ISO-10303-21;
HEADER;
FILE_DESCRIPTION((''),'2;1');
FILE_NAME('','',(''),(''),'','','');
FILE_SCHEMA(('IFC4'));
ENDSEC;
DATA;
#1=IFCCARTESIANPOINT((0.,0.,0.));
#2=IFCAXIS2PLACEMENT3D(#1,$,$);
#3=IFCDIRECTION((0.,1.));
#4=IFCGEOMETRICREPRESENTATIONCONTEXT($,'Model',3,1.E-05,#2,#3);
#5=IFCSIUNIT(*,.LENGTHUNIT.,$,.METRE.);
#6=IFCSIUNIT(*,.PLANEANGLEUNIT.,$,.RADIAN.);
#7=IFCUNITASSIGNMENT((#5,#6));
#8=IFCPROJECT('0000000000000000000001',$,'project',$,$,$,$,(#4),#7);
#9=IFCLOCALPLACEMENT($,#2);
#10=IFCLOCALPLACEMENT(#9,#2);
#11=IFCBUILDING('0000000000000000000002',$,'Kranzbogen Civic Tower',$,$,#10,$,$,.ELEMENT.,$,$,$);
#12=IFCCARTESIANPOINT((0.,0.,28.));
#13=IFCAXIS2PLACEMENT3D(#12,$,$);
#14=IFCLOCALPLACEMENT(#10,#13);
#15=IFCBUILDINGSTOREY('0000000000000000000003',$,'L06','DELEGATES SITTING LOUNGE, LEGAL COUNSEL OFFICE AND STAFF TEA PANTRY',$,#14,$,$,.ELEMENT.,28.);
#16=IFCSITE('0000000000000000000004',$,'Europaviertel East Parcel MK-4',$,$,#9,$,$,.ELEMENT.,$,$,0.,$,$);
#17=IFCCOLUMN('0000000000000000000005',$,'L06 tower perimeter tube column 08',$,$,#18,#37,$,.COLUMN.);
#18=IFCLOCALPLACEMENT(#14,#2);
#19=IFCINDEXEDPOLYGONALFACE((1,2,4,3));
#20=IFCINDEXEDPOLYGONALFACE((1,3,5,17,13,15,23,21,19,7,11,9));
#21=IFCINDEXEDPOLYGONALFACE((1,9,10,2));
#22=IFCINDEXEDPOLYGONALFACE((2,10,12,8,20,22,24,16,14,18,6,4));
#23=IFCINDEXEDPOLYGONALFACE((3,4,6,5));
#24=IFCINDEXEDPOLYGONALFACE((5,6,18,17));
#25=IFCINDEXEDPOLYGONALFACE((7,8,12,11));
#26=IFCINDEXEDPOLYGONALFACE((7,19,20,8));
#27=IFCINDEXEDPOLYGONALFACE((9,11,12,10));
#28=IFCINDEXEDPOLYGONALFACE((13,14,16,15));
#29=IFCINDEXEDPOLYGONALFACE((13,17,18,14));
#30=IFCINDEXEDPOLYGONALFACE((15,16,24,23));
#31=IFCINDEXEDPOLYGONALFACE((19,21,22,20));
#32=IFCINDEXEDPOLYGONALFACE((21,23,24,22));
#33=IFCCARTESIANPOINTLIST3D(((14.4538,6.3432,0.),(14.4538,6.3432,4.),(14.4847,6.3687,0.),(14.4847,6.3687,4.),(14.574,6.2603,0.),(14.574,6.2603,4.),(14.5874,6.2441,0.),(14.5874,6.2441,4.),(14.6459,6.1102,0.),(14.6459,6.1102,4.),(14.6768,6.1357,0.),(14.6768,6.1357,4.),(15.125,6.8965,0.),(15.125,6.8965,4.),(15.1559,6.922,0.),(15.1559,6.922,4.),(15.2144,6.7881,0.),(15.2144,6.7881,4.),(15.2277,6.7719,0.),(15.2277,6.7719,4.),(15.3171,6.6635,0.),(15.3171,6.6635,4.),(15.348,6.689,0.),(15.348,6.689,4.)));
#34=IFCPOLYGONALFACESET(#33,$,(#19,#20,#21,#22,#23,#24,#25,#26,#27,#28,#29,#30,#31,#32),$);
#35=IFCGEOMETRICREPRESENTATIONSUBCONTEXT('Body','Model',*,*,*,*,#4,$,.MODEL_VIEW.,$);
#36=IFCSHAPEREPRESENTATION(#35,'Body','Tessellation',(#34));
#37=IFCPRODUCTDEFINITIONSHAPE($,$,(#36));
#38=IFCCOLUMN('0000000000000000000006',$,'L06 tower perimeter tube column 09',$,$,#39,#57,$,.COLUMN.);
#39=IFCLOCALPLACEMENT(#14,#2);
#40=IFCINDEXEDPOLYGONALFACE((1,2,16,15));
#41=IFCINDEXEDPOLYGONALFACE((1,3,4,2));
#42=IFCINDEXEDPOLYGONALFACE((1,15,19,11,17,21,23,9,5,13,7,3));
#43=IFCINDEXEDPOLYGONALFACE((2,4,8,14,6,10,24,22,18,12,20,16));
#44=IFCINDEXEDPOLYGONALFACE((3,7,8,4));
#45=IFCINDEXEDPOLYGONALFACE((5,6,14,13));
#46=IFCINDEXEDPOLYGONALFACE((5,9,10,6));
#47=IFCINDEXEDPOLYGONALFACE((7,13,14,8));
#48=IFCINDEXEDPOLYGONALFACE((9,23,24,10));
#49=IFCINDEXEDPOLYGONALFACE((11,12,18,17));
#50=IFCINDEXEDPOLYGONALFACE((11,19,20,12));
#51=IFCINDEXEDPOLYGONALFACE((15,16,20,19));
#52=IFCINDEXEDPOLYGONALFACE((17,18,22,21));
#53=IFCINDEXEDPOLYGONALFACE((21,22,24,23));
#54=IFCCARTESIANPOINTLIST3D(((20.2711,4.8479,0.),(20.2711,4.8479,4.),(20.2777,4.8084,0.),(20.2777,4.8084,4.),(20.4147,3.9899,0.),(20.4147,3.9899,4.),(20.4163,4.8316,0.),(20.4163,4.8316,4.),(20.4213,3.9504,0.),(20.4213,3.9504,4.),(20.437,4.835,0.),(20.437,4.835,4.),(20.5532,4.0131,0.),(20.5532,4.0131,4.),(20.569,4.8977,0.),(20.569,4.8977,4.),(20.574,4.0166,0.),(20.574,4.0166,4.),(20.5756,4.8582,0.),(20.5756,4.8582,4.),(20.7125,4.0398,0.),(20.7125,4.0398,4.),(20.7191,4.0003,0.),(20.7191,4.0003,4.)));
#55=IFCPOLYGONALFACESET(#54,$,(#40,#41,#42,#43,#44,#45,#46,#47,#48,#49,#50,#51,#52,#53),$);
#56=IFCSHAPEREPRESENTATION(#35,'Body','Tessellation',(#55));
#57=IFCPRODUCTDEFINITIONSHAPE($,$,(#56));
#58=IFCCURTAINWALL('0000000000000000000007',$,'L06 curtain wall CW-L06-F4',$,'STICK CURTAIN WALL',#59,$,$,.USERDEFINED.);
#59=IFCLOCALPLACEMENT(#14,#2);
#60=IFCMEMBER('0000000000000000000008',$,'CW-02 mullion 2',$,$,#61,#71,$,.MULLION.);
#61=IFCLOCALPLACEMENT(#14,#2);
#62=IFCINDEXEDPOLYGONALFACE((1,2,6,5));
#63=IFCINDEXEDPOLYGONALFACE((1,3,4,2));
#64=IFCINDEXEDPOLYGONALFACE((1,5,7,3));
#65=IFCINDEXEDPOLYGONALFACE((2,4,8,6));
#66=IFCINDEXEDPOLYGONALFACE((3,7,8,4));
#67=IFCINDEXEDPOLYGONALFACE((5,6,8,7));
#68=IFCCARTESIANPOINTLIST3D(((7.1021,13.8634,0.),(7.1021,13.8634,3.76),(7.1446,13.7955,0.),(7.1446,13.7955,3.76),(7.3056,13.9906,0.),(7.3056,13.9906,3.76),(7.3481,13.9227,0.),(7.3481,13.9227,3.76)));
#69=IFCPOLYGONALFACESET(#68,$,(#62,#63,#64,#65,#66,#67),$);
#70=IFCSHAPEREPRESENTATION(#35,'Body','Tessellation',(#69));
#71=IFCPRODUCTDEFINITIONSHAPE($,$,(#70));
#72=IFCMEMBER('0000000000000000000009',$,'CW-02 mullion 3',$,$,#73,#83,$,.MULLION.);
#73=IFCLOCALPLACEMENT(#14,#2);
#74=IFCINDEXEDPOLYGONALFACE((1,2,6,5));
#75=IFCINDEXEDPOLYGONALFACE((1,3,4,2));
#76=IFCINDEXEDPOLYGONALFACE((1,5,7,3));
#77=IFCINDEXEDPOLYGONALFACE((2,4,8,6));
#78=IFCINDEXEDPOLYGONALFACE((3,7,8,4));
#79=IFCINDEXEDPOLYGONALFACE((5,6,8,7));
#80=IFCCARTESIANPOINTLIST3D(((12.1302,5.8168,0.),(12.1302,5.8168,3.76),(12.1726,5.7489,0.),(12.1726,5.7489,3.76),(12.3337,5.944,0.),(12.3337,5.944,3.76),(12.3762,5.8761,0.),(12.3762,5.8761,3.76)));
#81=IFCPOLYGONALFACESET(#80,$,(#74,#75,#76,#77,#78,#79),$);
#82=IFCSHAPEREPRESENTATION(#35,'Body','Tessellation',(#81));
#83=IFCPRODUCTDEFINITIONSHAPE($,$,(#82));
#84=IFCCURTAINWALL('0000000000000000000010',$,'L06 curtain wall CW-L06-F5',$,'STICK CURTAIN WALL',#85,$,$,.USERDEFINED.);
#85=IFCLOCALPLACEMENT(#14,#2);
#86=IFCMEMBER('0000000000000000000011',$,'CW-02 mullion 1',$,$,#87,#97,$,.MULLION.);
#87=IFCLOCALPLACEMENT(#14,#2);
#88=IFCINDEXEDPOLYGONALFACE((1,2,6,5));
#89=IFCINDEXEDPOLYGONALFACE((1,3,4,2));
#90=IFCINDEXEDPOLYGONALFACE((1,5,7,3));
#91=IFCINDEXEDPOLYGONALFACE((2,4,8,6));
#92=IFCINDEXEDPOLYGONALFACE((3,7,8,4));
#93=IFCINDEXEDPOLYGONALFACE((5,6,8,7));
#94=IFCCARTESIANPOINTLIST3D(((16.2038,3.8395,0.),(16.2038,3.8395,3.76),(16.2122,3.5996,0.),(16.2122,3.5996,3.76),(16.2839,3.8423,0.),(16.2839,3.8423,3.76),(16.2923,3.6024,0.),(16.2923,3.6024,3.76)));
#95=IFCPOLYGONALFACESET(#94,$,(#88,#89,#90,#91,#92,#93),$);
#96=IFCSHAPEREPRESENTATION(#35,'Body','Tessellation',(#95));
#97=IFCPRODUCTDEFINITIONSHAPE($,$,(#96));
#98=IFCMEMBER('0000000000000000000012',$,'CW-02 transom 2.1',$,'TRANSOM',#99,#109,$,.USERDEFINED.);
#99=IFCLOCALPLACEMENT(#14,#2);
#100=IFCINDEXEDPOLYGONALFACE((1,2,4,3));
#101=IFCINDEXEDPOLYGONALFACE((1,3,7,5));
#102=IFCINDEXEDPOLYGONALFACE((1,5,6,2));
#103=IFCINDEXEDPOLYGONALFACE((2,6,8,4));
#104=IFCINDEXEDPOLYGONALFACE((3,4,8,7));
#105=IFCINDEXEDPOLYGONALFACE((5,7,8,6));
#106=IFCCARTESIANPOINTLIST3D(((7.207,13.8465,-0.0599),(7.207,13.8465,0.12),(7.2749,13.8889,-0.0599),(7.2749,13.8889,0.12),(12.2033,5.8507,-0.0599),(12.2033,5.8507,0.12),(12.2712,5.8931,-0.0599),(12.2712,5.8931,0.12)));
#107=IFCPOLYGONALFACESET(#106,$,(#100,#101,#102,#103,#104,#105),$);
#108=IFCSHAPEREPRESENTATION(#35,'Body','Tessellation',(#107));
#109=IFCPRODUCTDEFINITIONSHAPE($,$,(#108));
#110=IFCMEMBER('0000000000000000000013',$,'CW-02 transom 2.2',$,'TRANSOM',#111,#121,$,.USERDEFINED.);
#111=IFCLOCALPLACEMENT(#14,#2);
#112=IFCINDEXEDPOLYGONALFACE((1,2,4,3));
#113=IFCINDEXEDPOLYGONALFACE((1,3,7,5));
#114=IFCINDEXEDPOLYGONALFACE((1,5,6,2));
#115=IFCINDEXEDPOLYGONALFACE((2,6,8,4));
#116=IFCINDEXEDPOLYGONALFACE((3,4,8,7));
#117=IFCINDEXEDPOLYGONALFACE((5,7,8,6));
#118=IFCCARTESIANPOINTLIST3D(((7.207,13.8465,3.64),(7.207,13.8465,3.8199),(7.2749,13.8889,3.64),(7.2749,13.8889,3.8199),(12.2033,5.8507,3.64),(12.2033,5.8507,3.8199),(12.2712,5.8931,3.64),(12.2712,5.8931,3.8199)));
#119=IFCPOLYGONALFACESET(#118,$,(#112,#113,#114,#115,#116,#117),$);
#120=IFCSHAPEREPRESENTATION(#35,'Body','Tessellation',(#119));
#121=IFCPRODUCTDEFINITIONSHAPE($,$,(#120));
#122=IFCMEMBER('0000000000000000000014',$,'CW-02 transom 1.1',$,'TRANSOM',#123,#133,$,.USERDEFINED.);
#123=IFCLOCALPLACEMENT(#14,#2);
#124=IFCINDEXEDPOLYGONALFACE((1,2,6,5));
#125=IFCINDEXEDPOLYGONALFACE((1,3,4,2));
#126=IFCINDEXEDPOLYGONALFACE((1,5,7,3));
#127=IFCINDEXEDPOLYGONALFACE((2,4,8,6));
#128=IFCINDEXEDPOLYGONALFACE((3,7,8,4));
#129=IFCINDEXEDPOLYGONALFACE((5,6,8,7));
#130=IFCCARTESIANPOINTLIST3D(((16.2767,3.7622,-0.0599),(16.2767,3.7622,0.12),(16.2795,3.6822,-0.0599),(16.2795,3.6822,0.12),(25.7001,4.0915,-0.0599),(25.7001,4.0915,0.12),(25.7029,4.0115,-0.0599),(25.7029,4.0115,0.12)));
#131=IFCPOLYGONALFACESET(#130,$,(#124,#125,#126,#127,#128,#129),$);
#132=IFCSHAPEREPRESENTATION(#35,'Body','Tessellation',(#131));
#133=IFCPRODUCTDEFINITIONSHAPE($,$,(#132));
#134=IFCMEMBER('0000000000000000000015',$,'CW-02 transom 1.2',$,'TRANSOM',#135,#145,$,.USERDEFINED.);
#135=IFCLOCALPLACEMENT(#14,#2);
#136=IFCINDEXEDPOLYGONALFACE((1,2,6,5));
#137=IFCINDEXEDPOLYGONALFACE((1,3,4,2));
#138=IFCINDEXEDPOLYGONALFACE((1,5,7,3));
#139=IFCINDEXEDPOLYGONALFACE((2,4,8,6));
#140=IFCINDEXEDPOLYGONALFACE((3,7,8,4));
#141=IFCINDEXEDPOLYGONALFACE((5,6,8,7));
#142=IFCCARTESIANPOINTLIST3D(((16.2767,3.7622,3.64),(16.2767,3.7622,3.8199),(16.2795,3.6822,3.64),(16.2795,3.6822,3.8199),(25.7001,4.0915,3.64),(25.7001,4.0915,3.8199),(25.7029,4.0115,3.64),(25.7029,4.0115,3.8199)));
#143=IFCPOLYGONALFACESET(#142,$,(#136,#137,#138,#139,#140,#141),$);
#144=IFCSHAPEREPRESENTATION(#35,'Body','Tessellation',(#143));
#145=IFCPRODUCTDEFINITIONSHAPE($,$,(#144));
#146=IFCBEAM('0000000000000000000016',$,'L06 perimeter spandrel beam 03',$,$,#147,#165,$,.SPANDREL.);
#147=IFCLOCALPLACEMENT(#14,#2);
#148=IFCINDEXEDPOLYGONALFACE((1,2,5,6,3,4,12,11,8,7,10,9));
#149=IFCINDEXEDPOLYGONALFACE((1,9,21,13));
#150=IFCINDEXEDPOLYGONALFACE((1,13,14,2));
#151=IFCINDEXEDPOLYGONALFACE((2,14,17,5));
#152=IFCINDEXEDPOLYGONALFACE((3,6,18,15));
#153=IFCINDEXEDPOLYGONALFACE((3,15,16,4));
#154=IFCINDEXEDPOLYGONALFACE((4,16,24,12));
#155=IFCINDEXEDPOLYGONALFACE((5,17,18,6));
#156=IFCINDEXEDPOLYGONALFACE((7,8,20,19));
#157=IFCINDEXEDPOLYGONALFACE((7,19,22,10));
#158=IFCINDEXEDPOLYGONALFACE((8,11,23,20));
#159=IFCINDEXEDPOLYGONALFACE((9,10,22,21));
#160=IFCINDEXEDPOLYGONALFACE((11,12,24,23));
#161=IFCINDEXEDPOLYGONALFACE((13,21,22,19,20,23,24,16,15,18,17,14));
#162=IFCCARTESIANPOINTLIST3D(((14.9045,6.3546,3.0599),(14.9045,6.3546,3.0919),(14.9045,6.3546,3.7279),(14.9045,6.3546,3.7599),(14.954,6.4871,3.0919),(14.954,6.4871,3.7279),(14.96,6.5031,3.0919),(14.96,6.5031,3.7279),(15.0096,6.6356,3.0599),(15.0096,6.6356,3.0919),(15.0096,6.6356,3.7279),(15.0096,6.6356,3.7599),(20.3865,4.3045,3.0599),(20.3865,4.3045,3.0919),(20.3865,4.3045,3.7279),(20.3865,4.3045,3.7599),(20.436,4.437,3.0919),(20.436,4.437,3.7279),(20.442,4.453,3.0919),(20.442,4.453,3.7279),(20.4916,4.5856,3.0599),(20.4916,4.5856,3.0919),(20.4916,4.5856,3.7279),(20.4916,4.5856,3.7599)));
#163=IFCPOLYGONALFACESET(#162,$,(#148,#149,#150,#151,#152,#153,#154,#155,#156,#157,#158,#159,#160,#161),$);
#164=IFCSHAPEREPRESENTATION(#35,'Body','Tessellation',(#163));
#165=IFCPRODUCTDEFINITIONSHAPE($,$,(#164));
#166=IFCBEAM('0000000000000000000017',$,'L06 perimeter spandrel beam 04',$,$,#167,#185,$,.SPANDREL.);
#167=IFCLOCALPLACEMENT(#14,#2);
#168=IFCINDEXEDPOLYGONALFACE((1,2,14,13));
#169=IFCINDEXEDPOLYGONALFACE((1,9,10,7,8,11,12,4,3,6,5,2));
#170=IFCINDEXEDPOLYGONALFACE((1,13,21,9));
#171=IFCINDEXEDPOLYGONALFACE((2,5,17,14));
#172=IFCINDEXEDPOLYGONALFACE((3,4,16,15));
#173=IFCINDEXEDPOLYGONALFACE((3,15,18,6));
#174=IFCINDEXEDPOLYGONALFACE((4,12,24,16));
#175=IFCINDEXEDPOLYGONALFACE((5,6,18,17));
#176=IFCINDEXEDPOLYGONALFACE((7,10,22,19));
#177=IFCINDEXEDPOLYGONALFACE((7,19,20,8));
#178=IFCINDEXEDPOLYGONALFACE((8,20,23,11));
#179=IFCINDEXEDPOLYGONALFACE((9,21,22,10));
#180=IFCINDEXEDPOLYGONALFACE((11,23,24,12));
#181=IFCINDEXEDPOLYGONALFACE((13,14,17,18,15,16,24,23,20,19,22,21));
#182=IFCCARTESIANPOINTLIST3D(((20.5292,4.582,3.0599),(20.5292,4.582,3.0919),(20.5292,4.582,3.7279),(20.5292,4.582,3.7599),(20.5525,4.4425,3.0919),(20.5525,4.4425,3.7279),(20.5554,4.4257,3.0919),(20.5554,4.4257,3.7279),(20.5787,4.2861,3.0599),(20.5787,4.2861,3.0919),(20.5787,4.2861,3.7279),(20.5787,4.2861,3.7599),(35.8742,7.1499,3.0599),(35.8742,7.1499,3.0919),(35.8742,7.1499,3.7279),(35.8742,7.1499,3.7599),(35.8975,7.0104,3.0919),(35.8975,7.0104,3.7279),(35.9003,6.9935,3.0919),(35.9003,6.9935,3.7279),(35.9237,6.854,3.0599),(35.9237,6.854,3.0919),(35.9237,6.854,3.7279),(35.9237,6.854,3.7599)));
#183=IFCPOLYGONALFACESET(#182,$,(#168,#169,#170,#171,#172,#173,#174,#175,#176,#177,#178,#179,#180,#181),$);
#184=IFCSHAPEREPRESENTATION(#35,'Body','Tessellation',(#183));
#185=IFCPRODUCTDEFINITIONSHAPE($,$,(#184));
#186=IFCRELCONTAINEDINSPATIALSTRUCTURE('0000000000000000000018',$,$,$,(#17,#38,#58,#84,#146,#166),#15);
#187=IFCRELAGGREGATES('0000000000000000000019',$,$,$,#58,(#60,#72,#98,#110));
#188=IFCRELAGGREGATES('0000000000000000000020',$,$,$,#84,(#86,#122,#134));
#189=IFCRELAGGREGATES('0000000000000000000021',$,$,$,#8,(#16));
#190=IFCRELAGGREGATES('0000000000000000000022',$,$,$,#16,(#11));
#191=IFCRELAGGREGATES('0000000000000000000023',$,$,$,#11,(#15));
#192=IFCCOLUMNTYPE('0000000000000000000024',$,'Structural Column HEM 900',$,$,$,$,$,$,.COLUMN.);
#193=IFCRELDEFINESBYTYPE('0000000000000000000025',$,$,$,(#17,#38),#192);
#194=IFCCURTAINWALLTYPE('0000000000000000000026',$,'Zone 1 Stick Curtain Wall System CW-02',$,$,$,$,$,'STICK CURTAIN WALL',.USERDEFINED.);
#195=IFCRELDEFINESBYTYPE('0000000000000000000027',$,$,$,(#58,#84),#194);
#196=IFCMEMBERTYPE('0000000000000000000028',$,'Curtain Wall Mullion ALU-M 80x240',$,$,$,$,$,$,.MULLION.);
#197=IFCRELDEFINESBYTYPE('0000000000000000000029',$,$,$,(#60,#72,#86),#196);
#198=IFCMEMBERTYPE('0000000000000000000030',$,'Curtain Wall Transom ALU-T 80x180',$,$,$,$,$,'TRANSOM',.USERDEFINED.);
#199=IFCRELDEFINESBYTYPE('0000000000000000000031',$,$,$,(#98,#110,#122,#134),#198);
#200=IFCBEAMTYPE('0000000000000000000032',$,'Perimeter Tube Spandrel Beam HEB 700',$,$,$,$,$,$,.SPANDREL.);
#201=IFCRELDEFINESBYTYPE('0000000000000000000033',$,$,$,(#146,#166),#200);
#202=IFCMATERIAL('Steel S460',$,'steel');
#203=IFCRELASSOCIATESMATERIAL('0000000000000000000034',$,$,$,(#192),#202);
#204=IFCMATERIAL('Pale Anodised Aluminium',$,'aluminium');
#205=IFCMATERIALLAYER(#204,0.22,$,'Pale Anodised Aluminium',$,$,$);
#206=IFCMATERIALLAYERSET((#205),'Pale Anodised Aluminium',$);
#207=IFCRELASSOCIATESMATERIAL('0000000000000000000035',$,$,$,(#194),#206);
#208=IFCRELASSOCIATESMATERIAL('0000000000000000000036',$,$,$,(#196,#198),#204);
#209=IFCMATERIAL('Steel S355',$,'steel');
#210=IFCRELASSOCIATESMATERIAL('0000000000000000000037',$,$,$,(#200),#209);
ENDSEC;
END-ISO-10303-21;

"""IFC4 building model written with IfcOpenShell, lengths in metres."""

from ifc_helpers import new_model, si_unit, direction, frame, origin, origin_2d, place, context, subcontext, project, spatial, rectangle, i_section, extrude, material, layer, layer_set, material_profile, profile_set, type_object, element, aggregate, save


model = new_model("IFC4")

# Units and contexts
model_context = context("Model", 3, precision=1e-05, world=origin(), true_north=direction((0.0, 1.0)))
body_context = subcontext(model_context, "Body", "Model", "MODEL_VIEW")
ifc_project = project(units=[si_unit("LENGTHUNIT", "METRE"), si_unit("PLANEANGLEUNIT", "RADIAN")], contexts=[model_context])

# Site, building, storey
site_placement = place(None, origin())
site = spatial("IfcSite", under=ifc_project, at=site_placement, Name="Europaviertel East Parcel MK-4", CompositionType="ELEMENT", RefElevation=0.0)
building_placement = place(site_placement, origin())
building = spatial("IfcBuilding", under=site, at=building_placement, Name="Kranzbogen Civic Tower", CompositionType="ELEMENT")
storey_placement = place(building_placement, frame((0.0, 0.0, 28.0)))
storey = spatial("IfcBuildingStorey", under=building, at=storey_placement, Name="L06", Description="DELEGATES SITTING LOUNGE, LEGAL COUNSEL OFFICE AND STAFF TEA PANTRY", CompositionType="ELEMENT", Elevation=28.0)

# Columns
ifc_material_1 = material(Name="Steel S460", Category="steel")
ifc_material_profile_1 = material_profile(ifc_material_1, i_section(OverallWidth=0.302, OverallDepth=0.9099, WebThickness=0.021, FlangeThickness=0.04, at=origin_2d()), Name="HEM 900")
ifc_profile_set_1 = profile_set([ifc_material_profile_1], Name="Steel S460")
column_type = type_object("IfcColumnType", Name="Structural Column HEM 900", PredefinedType="COLUMN", material=ifc_profile_set_1)
for number, where, z_axis, x_axis, name in (
    (1, (14.9009, 6.5161, 0.0), (0.0, 0.0, 1.0), (-0.636078, 0.771625, 0.0), "L06 tower perimeter tube column 08"),
    (2, (20.4951, 4.4241, 0.0), (0.0, 0.0, 1.0), (0.986286, 0.165048, 0.0), "L06 tower perimeter tube column 09"),
):
    element("IfcColumn", number, at=place(storey_placement, frame(where, z_axis=z_axis, x_axis=x_axis)), inside=storey, type_object=column_type, Name=name, PredefinedType="COLUMN", context=body_context, shape_type="SweptSolid", body=[
        extrude(i_section(OverallWidth=0.302, OverallDepth=0.9099, WebThickness=0.021, FlangeThickness=0.04, at=origin_2d()), origin(), (0.0, 0.0, 1.0), 4.0),
    ])

# Curtain wall, members
ifc_material_2 = material(Name="Pale Anodised Aluminium", Category="aluminium")
ifc_layer_1 = layer(ifc_material_2, 0.22, Name="Pale Anodised Aluminium")
ifc_layer_set_1 = layer_set([ifc_layer_1], Name="Pale Anodised Aluminium")
curtain_wall_type = type_object("IfcCurtainWallType", Name="Zone 1 Stick Curtain Wall System CW-02", ElementType="STICK CURTAIN WALL", PredefinedType="USERDEFINED", material=ifc_layer_set_1)
curtain_wall_1_placement = place(storey_placement, origin())
curtain_wall_1 = element("IfcCurtainWall", 3, at=curtain_wall_1_placement, inside=storey, type_object=curtain_wall_type, Name="L06 curtain wall CW-L06-F4", ObjectType="STICK CURTAIN WALL", PredefinedType="USERDEFINED")
ifc_material_profile_2 = material_profile(ifc_material_2, rectangle(XDim=0.0801, YDim=0.24, at=origin_2d()), Name="ALU-M 80x240")
ifc_profile_set_2 = profile_set([ifc_material_profile_2], Name="Pale Anodised Aluminium")
member_type_1 = type_object("IfcMemberType", Name="Curtain Wall Mullion ALU-M 80x240", PredefinedType="MULLION", material=ifc_profile_set_2)
member_1_placement = place(storey_placement, frame((7.2251, 13.8931, 0.0), z_axis=(0.0, 0.0, 1.0), x_axis=(0.529923, -0.848046, 0.0)))
member_1 = element("IfcMember", 4, at=member_1_placement, type_object=member_type_1, Name="CW-02 mullion 2", PredefinedType="MULLION", context=body_context, shape_type="SweptSolid", body=[
    extrude(rectangle(XDim=0.0801, YDim=0.24, at=origin_2d()), origin(), (0.0, 0.0, 1.0), 3.76),
])
member_2_placement = place(storey_placement, frame((12.2532, 5.8464, 0.0), z_axis=(0.0, 0.0, 1.0), x_axis=(0.529923, -0.848046, 0.0)))
member_2 = element("IfcMember", 5, at=member_2_placement, type_object=member_type_1, Name="CW-02 mullion 3", PredefinedType="MULLION", context=body_context, shape_type="SweptSolid", body=[
    extrude(rectangle(XDim=0.0801, YDim=0.24, at=origin_2d()), origin(), (0.0, 0.0, 1.0), 3.76),
])

# Curtain wall, member
curtain_wall_2_placement = place(storey_placement, origin())
curtain_wall_2 = element("IfcCurtainWall", 6, at=curtain_wall_2_placement, inside=storey, type_object=curtain_wall_type, Name="L06 curtain wall CW-L06-F5", ObjectType="STICK CURTAIN WALL", PredefinedType="USERDEFINED")
member_3_placement = place(storey_placement, frame((16.248, 3.7209, 0.0), z_axis=(0.0, 0.0, 1.0), x_axis=(0.99939, 0.034929, 0.0)))
member_3 = element("IfcMember", 7, at=member_3_placement, type_object=member_type_1, Name="CW-02 mullion 1", PredefinedType="MULLION", context=body_context, shape_type="SweptSolid", body=[
    extrude(rectangle(XDim=0.0801, YDim=0.24, at=origin_2d()), origin(), (0.0, 0.0, 1.0), 3.76),
])

# Members
ifc_material_profile_3 = material_profile(ifc_material_2, rectangle(XDim=0.0801, YDim=0.1799, at=origin_2d()), Name="ALU-T 80x180")
ifc_profile_set_3 = profile_set([ifc_material_profile_3], Name="Pale Anodised Aluminium")
member_type_2 = type_object("IfcMemberType", Name="Curtain Wall Transom ALU-T 80x180", ElementType="TRANSOM", PredefinedType="USERDEFINED", material=ifc_profile_set_3)
member_4_placement = place(storey_placement, frame((7.241, 13.8677, 0.03), z_axis=(0.529917, -0.848049, 0.0), x_axis=(0.848049, 0.529917, 0.0)))
member_4 = element("IfcMember", 8, at=member_4_placement, type_object=member_type_2, Name="CW-02 transom 2.1", ObjectType="TRANSOM", PredefinedType="USERDEFINED", context=body_context, shape_type="SweptSolid", body=[
    extrude(rectangle(XDim=0.0801, YDim=0.1799, at=origin_2d()), origin(), (0.0, 0.0, 1.0), 9.4285),
])
member_5_placement = place(storey_placement, frame((7.241, 13.8677, 3.73), z_axis=(0.529917, -0.848049, 0.0), x_axis=(0.848049, 0.529917, 0.0)))
member_5 = element("IfcMember", 9, at=member_5_placement, type_object=member_type_2, Name="CW-02 transom 2.2", ObjectType="TRANSOM", PredefinedType="USERDEFINED", context=body_context, shape_type="SweptSolid", body=[
    extrude(rectangle(XDim=0.0801, YDim=0.1799, at=origin_2d()), origin(), (0.0, 0.0, 1.0), 9.4285),
])
member_6_placement = place(storey_placement, frame((16.2781, 3.7222, 0.03), z_axis=(0.99939, 0.034929, 0.0), x_axis=(-0.034929, 0.99939, 0.0)))
member_6 = element("IfcMember", 10, at=member_6_placement, type_object=member_type_2, Name="CW-02 transom 1.1", ObjectType="TRANSOM", PredefinedType="USERDEFINED", context=body_context, shape_type="SweptSolid", body=[
    extrude(rectangle(XDim=0.0801, YDim=0.1799, at=origin_2d()), origin(), (0.0, 0.0, 1.0), 9.4292),
])
member_7_placement = place(storey_placement, frame((16.2781, 3.7222, 3.73), z_axis=(0.99939, 0.034929, 0.0), x_axis=(-0.034929, 0.99939, 0.0)))
member_7 = element("IfcMember", 11, at=member_7_placement, type_object=member_type_2, Name="CW-02 transom 1.2", ObjectType="TRANSOM", PredefinedType="USERDEFINED", context=body_context, shape_type="SweptSolid", body=[
    extrude(rectangle(XDim=0.0801, YDim=0.1799, at=origin_2d()), origin(), (0.0, 0.0, 1.0), 9.4292),
])

# Beams
ifc_material_3 = material(Name="Steel S355", Category="steel")
ifc_material_profile_4 = material_profile(ifc_material_3, i_section(OverallWidth=0.3, OverallDepth=0.7, WebThickness=0.0171, FlangeThickness=0.032, at=origin_2d()), Name="HEB 700")
ifc_profile_set_4 = profile_set([ifc_material_profile_4], Name="Steel S355")
beam_type_1 = type_object("IfcBeamType", Name="Perimeter Tube Spandrel Beam HEB 700", PredefinedType="SPANDREL", material=ifc_profile_set_4)
beam_1_placement = place(storey_placement, frame((14.957, 6.4951, 3.4099), z_axis=(0.936648, -0.350273, 0.0), x_axis=(0.350273, 0.936648, 0.0)))
element("IfcBeam", 12, at=beam_1_placement, inside=storey, type_object=beam_type_1, Name="L06 perimeter spandrel beam 03", PredefinedType="SPANDREL", context=body_context, shape_type="SweptSolid", body=[
    extrude(i_section(OverallWidth=0.3, OverallDepth=0.7, WebThickness=0.0171, FlangeThickness=0.032, at=origin_2d()), origin(), (0.0, 0.0, 1.0), 5.8528),
])
beam_2_placement = place(storey_placement, frame((20.554, 4.4341, 3.4099), z_axis=(0.986286, 0.165048, 0.0), x_axis=(-0.165048, 0.986286, 0.0)))
element("IfcBeam", 13, at=beam_2_placement, inside=storey, type_object=beam_type_1, Name="L06 perimeter spandrel beam 04", PredefinedType="SPANDREL", context=body_context, shape_type="SweptSolid", body=[
    extrude(i_section(OverallWidth=0.3, OverallDepth=0.7, WebThickness=0.0171, FlangeThickness=0.032, at=origin_2d()), origin(), (0.0, 0.0, 1.0), 15.5583),
])

aggregate(curtain_wall_1, [member_1, member_2, member_4, member_5])
aggregate(curtain_wall_2, [member_3, member_6, member_7])

save(model, "model.ifc")
